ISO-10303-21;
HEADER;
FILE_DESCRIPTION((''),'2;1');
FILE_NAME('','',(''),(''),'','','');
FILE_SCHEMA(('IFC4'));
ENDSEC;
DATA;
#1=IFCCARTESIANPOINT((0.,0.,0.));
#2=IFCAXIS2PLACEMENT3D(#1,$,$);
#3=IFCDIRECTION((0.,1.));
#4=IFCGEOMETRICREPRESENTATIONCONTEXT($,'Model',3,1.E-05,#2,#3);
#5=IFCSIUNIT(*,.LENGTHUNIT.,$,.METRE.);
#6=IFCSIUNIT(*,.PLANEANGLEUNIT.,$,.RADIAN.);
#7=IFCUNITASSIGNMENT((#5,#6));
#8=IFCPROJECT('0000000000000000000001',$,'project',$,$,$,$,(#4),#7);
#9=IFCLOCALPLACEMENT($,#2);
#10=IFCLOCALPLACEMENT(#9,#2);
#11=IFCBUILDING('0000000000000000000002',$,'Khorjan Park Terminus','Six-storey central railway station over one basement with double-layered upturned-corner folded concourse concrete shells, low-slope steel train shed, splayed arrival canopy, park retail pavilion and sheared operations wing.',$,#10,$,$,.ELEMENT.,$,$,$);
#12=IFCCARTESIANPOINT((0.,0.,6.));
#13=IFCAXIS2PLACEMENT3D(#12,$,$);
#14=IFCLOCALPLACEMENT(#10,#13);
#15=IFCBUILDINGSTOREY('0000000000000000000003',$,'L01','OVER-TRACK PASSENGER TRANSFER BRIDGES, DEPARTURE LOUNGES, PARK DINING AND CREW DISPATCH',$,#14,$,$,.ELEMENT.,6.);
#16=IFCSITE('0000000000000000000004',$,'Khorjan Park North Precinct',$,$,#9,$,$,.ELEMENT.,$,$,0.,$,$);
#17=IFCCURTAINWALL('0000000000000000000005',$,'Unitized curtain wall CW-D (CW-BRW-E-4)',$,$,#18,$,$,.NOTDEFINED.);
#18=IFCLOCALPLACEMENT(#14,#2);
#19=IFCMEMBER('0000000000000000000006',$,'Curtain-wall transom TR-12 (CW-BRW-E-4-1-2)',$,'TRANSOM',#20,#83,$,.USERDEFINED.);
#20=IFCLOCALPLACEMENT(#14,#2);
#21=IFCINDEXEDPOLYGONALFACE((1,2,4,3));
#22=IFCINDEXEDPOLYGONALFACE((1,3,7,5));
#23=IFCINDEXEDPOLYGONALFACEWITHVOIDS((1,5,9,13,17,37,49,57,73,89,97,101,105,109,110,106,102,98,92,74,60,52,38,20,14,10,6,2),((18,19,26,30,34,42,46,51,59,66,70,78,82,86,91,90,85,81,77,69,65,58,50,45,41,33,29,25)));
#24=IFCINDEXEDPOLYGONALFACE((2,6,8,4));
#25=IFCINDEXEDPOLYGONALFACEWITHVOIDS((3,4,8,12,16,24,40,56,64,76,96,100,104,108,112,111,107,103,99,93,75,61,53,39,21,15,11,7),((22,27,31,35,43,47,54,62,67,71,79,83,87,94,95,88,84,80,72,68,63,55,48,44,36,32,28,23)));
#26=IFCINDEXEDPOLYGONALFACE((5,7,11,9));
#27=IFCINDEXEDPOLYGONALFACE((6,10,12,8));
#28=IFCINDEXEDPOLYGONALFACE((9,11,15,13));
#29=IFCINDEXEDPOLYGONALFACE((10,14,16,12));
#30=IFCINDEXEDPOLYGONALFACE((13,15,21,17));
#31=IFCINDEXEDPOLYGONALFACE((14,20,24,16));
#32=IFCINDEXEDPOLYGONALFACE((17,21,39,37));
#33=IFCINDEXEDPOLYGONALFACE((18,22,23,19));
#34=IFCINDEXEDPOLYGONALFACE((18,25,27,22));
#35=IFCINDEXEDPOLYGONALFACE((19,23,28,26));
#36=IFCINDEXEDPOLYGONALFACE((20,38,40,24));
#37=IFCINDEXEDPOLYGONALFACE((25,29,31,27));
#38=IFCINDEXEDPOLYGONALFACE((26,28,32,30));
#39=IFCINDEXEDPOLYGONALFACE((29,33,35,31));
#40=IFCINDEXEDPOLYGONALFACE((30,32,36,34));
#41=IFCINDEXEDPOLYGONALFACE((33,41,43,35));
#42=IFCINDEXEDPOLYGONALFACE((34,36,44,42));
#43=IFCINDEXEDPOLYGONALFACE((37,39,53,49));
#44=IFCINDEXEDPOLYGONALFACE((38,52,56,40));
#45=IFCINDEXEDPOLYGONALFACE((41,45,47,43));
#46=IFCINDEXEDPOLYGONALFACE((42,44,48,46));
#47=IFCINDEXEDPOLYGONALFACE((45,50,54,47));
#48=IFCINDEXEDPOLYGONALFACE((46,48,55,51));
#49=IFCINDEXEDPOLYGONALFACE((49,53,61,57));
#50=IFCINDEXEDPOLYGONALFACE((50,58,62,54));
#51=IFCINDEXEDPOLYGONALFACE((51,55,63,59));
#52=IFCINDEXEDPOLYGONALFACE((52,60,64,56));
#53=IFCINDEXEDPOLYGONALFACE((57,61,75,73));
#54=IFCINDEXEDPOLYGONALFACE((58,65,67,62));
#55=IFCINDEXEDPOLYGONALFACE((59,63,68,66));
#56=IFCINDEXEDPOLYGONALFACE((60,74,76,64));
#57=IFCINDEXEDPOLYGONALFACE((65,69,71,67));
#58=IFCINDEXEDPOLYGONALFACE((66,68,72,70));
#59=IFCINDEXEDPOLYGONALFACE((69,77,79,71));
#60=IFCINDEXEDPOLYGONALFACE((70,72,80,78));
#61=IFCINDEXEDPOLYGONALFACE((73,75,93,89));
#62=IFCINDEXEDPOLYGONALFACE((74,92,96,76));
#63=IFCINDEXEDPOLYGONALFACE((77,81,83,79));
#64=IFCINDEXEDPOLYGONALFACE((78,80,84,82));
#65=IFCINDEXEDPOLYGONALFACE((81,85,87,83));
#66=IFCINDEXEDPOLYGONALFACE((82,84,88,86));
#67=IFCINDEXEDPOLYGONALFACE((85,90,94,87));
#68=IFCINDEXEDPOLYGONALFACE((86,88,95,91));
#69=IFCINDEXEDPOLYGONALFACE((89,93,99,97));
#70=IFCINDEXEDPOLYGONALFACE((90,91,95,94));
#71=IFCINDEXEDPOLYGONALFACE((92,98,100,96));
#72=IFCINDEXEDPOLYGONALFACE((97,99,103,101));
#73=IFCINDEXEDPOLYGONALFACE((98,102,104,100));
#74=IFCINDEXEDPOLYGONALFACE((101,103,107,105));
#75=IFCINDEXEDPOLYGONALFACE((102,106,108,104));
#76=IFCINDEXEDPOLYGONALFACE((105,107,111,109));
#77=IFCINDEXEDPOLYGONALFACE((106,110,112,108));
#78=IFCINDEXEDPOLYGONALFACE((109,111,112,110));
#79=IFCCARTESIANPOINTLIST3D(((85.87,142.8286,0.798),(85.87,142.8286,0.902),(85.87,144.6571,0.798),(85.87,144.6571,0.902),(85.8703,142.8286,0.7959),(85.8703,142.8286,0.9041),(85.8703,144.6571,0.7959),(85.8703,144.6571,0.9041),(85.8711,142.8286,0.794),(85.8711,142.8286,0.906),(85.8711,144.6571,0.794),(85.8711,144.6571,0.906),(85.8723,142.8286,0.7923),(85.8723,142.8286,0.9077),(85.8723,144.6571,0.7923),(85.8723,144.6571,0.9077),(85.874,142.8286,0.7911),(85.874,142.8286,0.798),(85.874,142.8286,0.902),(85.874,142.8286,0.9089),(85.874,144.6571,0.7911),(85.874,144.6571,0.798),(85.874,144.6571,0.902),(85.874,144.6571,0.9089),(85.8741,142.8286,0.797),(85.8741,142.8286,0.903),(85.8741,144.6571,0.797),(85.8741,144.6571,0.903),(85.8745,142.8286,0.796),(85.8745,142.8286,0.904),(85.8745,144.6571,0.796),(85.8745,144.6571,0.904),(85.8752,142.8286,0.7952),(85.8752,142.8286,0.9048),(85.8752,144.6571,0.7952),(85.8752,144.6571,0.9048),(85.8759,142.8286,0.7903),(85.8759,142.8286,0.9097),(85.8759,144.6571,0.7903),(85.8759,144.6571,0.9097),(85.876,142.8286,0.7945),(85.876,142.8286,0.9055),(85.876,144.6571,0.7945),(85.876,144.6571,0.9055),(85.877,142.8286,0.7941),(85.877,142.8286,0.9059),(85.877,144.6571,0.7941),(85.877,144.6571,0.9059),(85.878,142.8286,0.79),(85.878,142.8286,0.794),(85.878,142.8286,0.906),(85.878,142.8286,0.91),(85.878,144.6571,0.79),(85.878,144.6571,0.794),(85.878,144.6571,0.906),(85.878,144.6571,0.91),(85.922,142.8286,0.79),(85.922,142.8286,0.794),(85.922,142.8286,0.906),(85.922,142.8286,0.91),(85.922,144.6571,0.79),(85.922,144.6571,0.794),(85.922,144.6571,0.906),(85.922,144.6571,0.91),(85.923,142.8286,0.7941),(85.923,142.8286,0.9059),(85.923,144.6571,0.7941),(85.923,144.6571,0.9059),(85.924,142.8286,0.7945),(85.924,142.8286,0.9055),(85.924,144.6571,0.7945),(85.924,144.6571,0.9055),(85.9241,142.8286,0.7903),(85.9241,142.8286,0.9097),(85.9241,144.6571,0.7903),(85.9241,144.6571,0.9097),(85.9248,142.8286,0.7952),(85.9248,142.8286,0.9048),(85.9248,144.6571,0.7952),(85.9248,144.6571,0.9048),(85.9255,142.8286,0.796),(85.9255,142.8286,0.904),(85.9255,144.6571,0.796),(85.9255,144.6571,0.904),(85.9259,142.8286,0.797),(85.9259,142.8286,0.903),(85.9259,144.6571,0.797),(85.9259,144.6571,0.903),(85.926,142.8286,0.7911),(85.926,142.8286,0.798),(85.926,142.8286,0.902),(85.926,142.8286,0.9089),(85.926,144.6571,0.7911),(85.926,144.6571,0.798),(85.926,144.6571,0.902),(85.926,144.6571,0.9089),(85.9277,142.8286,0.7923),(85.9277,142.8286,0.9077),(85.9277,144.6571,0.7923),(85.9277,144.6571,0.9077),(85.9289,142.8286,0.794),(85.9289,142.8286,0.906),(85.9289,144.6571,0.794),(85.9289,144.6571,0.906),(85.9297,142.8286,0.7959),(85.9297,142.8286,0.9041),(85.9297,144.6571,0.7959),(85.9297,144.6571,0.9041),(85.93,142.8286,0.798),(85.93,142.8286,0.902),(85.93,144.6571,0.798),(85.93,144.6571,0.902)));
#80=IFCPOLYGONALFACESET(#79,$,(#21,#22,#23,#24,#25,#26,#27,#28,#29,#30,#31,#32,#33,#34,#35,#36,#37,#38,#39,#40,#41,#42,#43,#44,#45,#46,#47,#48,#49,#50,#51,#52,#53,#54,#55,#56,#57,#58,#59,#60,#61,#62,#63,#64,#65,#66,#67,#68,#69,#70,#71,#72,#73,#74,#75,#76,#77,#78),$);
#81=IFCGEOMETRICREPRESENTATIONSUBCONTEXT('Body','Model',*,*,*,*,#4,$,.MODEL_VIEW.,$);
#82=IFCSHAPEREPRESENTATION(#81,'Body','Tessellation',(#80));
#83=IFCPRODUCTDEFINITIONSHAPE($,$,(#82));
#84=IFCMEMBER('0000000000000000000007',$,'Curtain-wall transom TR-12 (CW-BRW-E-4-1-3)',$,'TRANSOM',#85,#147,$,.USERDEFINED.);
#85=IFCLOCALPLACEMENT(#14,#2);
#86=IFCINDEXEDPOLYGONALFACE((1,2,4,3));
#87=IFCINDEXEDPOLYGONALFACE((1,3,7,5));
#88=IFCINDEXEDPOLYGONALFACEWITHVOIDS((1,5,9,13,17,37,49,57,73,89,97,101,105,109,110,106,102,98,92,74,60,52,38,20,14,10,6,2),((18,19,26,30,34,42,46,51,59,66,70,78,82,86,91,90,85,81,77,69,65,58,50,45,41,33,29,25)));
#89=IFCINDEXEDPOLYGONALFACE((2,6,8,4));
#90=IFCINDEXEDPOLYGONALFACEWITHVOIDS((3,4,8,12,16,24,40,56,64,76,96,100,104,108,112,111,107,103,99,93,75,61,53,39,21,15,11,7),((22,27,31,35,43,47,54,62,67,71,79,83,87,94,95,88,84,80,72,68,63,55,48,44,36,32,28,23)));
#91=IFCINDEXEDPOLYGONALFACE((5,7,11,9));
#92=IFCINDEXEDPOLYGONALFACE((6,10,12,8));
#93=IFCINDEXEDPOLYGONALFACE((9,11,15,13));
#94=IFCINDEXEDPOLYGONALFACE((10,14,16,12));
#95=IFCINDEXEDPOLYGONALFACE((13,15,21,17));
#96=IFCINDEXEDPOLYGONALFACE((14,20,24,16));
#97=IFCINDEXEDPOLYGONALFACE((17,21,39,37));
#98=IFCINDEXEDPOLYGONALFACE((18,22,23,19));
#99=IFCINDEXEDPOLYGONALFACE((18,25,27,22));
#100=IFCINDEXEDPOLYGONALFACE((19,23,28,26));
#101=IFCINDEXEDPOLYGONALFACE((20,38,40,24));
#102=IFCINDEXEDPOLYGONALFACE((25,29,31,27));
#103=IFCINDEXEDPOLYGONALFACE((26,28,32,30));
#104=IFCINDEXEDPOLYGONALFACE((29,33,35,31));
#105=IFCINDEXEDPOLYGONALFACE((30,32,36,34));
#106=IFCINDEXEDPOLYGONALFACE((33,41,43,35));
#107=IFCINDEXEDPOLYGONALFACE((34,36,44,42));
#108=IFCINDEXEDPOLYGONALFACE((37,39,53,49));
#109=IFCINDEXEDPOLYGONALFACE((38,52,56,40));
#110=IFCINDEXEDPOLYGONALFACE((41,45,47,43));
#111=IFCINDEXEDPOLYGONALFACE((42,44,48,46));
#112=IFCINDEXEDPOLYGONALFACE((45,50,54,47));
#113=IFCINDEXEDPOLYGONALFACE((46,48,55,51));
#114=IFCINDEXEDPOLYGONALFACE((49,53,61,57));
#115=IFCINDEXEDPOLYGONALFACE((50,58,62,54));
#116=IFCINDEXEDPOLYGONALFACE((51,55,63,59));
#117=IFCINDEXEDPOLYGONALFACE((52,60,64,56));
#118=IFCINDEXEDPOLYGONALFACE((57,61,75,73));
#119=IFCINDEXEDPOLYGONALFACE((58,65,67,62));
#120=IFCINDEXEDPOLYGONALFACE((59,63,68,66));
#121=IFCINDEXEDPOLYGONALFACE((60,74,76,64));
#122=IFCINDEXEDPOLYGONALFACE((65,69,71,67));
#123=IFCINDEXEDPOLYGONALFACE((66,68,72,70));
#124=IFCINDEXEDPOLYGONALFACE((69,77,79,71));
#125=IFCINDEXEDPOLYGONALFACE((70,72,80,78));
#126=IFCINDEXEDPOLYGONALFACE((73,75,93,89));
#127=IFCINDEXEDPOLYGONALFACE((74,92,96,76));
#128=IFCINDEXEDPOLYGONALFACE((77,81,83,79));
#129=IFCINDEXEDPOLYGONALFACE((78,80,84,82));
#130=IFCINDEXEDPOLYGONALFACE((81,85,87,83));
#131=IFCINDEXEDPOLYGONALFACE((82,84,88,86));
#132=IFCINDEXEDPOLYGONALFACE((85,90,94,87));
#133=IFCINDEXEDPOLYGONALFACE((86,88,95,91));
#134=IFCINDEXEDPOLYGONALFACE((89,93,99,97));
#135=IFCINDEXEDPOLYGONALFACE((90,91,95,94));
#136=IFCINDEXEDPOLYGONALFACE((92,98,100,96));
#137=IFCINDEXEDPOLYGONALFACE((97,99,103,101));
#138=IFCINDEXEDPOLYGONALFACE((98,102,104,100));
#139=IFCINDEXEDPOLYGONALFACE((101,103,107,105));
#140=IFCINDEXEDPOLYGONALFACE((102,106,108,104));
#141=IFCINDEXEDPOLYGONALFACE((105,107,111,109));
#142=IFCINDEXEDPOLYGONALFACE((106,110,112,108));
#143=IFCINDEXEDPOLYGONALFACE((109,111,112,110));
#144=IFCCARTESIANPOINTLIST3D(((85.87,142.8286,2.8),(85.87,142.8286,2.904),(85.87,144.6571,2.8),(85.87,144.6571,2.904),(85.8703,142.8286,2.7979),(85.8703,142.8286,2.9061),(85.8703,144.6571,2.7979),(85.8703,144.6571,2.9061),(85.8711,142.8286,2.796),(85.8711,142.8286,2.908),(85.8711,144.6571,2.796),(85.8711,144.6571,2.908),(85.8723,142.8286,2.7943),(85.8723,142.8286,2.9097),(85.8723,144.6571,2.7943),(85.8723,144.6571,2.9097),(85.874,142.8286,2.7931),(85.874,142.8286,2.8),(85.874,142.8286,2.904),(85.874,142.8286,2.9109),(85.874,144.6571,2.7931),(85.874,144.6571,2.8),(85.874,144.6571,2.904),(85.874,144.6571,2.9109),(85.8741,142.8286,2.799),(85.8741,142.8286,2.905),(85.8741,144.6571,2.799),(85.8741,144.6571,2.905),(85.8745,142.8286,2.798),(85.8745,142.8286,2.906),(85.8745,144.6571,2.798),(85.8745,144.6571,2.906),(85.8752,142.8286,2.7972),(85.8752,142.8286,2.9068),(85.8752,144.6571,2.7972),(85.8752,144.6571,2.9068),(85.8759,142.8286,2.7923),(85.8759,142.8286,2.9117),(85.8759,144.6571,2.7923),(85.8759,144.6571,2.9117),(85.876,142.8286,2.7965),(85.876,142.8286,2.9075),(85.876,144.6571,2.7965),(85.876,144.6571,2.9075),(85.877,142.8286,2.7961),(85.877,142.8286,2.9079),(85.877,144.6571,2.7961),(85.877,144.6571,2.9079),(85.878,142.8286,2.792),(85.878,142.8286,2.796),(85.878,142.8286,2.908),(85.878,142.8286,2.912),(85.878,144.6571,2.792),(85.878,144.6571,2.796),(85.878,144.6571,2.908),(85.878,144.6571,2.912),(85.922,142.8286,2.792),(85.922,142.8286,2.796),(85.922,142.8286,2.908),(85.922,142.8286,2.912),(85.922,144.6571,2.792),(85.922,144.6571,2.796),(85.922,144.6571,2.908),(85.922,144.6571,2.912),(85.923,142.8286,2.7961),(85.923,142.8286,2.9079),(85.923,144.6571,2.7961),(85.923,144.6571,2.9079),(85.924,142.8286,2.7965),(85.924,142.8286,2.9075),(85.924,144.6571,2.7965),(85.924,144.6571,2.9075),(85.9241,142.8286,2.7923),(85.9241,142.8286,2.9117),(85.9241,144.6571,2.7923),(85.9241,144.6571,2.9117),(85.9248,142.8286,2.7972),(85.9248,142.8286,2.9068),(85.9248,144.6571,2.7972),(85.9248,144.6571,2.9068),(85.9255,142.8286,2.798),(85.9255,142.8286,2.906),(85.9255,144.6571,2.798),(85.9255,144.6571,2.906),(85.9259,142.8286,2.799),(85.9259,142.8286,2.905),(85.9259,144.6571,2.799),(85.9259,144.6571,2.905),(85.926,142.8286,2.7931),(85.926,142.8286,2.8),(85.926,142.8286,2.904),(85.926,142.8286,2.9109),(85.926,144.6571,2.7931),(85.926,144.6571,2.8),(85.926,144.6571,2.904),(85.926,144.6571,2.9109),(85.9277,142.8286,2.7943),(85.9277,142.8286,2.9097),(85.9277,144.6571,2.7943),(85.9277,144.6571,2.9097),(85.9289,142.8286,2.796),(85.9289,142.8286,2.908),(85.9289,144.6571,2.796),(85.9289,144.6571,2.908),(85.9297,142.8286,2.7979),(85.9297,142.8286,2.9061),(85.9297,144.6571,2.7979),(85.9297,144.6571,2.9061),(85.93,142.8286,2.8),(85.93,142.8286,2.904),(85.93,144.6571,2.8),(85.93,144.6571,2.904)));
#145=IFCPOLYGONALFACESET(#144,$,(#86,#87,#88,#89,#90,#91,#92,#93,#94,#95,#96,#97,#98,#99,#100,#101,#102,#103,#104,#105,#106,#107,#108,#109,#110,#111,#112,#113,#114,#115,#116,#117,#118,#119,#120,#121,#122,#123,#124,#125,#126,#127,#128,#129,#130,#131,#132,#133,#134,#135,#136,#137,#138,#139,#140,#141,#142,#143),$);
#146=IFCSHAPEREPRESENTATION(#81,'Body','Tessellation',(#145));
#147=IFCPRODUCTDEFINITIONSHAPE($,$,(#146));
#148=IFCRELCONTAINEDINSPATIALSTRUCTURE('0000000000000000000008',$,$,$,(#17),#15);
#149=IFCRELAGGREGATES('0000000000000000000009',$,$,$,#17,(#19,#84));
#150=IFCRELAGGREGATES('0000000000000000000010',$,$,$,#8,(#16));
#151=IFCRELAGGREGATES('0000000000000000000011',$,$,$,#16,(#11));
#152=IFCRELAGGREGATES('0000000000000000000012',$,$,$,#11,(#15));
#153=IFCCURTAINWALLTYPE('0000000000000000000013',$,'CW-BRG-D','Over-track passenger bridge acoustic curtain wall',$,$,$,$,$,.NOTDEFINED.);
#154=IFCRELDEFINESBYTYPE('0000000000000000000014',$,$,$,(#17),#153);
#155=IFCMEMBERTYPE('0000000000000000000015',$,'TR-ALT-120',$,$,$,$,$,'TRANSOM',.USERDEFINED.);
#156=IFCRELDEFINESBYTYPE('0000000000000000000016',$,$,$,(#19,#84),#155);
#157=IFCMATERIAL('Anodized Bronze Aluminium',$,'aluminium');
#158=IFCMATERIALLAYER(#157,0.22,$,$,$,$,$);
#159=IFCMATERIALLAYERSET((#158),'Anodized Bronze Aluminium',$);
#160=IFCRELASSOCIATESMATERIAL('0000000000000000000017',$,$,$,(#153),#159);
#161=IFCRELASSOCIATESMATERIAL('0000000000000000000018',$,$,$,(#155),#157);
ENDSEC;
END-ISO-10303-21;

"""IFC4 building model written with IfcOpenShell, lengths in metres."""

from ifc_helpers import new_model, si_unit, direction, frame, origin, origin_2d, place, context, subcontext, project, spatial, hollow_rectangle, extrude, material, layer, layer_set, material_profile, profile_set, type_object, element, aggregate, save


model = new_model("IFC4")

# Units and contexts
model_context = context("Model", 3, precision=1e-05, world=origin(), true_north=direction((0.0, 1.0)))
body_context = subcontext(model_context, "Body", "Model", "MODEL_VIEW")
ifc_project = project(units=[si_unit("LENGTHUNIT", "METRE"), si_unit("PLANEANGLEUNIT", "RADIAN")], contexts=[model_context])

# Site, building, storey
site_placement = place(None, origin())
site = spatial("IfcSite", under=ifc_project, at=site_placement, Name="Khorjan Park North Precinct", CompositionType="ELEMENT", RefElevation=0.0)
building_placement = place(site_placement, origin())
building = spatial("IfcBuilding", under=site, at=building_placement, Name="Khorjan Park Terminus", Description="Six-storey central railway station over one basement with double-layered upturned-corner folded concourse concrete shells, low-slope steel train shed, splayed arrival canopy, park retail pavilion and sheared operations wing.", CompositionType="ELEMENT")
storey_placement = place(building_placement, frame((0.0, 0.0, 6.0)))
storey = spatial("IfcBuildingStorey", under=building, at=storey_placement, Name="L01", Description="OVER-TRACK PASSENGER TRANSFER BRIDGES, DEPARTURE LOUNGES, PARK DINING AND CREW DISPATCH", CompositionType="ELEMENT", Elevation=6.0)

# Curtain wall
ifc_material_1 = material(Name="Anodized Bronze Aluminium", Category="aluminium")
ifc_layer_1 = layer(ifc_material_1, 0.22)
ifc_layer_set_1 = layer_set([ifc_layer_1], Name="Anodized Bronze Aluminium")
curtain_wall_type = type_object("IfcCurtainWallType", Name="CW-BRG-D", Description="Over-track passenger bridge acoustic curtain wall", PredefinedType="NOTDEFINED", material=ifc_layer_set_1)
curtain_wall_1_placement = place(storey_placement, origin())
curtain_wall_1 = element("IfcCurtainWall", 1, at=curtain_wall_1_placement, inside=storey, type_object=curtain_wall_type, Name="Unitized curtain wall CW-D (CW-BRW-E-4)", PredefinedType="NOTDEFINED")

# Members
ifc_material_profile_1 = material_profile(ifc_material_1, hollow_rectangle(XDim=0.06, YDim=0.12, WallThickness=0.004, InnerFilletRadius=0.004, OuterFilletRadius=0.008, at=origin_2d()), Name="ALT 60x120x4")
ifc_profile_set_1 = profile_set([ifc_material_profile_1], Name="Anodized Bronze Aluminium")
member_type_1 = type_object("IfcMemberType", Name="TR-ALT-120", ElementType="TRANSOM", PredefinedType="USERDEFINED", material=ifc_profile_set_1)
member_1_placement = place(storey_placement, frame((85.9, 142.8286, 0.85), z_axis=(0.0, 1.0, 0.0), x_axis=(-1.0, 0.0, 0.0)))
member_1 = element("IfcMember", 2, at=member_1_placement, type_object=member_type_1, Name="Curtain-wall transom TR-12 (CW-BRW-E-4-1-2)", ObjectType="TRANSOM", PredefinedType="USERDEFINED", context=body_context, shape_type="SweptSolid", body=[
    extrude(hollow_rectangle(XDim=0.06, YDim=0.12, WallThickness=0.004, InnerFilletRadius=0.004, OuterFilletRadius=0.008, at=origin_2d()), origin(), (0.0, 0.0, 1.0), 1.8285),
])
member_2_placement = place(storey_placement, frame((85.9, 142.8286, 2.852), z_axis=(0.0, 1.0, 0.0), x_axis=(-1.0, 0.0, 0.0)))
member_2 = element("IfcMember", 3, at=member_2_placement, type_object=member_type_1, Name="Curtain-wall transom TR-12 (CW-BRW-E-4-1-3)", ObjectType="TRANSOM", PredefinedType="USERDEFINED", context=body_context, shape_type="SweptSolid", body=[
    extrude(hollow_rectangle(XDim=0.06, YDim=0.12, WallThickness=0.004, InnerFilletRadius=0.004, OuterFilletRadius=0.008, at=origin_2d()), origin(), (0.0, 0.0, 1.0), 1.8285),
])

aggregate(curtain_wall_1, [member_1, member_2])

save(model, "model.ifc")
